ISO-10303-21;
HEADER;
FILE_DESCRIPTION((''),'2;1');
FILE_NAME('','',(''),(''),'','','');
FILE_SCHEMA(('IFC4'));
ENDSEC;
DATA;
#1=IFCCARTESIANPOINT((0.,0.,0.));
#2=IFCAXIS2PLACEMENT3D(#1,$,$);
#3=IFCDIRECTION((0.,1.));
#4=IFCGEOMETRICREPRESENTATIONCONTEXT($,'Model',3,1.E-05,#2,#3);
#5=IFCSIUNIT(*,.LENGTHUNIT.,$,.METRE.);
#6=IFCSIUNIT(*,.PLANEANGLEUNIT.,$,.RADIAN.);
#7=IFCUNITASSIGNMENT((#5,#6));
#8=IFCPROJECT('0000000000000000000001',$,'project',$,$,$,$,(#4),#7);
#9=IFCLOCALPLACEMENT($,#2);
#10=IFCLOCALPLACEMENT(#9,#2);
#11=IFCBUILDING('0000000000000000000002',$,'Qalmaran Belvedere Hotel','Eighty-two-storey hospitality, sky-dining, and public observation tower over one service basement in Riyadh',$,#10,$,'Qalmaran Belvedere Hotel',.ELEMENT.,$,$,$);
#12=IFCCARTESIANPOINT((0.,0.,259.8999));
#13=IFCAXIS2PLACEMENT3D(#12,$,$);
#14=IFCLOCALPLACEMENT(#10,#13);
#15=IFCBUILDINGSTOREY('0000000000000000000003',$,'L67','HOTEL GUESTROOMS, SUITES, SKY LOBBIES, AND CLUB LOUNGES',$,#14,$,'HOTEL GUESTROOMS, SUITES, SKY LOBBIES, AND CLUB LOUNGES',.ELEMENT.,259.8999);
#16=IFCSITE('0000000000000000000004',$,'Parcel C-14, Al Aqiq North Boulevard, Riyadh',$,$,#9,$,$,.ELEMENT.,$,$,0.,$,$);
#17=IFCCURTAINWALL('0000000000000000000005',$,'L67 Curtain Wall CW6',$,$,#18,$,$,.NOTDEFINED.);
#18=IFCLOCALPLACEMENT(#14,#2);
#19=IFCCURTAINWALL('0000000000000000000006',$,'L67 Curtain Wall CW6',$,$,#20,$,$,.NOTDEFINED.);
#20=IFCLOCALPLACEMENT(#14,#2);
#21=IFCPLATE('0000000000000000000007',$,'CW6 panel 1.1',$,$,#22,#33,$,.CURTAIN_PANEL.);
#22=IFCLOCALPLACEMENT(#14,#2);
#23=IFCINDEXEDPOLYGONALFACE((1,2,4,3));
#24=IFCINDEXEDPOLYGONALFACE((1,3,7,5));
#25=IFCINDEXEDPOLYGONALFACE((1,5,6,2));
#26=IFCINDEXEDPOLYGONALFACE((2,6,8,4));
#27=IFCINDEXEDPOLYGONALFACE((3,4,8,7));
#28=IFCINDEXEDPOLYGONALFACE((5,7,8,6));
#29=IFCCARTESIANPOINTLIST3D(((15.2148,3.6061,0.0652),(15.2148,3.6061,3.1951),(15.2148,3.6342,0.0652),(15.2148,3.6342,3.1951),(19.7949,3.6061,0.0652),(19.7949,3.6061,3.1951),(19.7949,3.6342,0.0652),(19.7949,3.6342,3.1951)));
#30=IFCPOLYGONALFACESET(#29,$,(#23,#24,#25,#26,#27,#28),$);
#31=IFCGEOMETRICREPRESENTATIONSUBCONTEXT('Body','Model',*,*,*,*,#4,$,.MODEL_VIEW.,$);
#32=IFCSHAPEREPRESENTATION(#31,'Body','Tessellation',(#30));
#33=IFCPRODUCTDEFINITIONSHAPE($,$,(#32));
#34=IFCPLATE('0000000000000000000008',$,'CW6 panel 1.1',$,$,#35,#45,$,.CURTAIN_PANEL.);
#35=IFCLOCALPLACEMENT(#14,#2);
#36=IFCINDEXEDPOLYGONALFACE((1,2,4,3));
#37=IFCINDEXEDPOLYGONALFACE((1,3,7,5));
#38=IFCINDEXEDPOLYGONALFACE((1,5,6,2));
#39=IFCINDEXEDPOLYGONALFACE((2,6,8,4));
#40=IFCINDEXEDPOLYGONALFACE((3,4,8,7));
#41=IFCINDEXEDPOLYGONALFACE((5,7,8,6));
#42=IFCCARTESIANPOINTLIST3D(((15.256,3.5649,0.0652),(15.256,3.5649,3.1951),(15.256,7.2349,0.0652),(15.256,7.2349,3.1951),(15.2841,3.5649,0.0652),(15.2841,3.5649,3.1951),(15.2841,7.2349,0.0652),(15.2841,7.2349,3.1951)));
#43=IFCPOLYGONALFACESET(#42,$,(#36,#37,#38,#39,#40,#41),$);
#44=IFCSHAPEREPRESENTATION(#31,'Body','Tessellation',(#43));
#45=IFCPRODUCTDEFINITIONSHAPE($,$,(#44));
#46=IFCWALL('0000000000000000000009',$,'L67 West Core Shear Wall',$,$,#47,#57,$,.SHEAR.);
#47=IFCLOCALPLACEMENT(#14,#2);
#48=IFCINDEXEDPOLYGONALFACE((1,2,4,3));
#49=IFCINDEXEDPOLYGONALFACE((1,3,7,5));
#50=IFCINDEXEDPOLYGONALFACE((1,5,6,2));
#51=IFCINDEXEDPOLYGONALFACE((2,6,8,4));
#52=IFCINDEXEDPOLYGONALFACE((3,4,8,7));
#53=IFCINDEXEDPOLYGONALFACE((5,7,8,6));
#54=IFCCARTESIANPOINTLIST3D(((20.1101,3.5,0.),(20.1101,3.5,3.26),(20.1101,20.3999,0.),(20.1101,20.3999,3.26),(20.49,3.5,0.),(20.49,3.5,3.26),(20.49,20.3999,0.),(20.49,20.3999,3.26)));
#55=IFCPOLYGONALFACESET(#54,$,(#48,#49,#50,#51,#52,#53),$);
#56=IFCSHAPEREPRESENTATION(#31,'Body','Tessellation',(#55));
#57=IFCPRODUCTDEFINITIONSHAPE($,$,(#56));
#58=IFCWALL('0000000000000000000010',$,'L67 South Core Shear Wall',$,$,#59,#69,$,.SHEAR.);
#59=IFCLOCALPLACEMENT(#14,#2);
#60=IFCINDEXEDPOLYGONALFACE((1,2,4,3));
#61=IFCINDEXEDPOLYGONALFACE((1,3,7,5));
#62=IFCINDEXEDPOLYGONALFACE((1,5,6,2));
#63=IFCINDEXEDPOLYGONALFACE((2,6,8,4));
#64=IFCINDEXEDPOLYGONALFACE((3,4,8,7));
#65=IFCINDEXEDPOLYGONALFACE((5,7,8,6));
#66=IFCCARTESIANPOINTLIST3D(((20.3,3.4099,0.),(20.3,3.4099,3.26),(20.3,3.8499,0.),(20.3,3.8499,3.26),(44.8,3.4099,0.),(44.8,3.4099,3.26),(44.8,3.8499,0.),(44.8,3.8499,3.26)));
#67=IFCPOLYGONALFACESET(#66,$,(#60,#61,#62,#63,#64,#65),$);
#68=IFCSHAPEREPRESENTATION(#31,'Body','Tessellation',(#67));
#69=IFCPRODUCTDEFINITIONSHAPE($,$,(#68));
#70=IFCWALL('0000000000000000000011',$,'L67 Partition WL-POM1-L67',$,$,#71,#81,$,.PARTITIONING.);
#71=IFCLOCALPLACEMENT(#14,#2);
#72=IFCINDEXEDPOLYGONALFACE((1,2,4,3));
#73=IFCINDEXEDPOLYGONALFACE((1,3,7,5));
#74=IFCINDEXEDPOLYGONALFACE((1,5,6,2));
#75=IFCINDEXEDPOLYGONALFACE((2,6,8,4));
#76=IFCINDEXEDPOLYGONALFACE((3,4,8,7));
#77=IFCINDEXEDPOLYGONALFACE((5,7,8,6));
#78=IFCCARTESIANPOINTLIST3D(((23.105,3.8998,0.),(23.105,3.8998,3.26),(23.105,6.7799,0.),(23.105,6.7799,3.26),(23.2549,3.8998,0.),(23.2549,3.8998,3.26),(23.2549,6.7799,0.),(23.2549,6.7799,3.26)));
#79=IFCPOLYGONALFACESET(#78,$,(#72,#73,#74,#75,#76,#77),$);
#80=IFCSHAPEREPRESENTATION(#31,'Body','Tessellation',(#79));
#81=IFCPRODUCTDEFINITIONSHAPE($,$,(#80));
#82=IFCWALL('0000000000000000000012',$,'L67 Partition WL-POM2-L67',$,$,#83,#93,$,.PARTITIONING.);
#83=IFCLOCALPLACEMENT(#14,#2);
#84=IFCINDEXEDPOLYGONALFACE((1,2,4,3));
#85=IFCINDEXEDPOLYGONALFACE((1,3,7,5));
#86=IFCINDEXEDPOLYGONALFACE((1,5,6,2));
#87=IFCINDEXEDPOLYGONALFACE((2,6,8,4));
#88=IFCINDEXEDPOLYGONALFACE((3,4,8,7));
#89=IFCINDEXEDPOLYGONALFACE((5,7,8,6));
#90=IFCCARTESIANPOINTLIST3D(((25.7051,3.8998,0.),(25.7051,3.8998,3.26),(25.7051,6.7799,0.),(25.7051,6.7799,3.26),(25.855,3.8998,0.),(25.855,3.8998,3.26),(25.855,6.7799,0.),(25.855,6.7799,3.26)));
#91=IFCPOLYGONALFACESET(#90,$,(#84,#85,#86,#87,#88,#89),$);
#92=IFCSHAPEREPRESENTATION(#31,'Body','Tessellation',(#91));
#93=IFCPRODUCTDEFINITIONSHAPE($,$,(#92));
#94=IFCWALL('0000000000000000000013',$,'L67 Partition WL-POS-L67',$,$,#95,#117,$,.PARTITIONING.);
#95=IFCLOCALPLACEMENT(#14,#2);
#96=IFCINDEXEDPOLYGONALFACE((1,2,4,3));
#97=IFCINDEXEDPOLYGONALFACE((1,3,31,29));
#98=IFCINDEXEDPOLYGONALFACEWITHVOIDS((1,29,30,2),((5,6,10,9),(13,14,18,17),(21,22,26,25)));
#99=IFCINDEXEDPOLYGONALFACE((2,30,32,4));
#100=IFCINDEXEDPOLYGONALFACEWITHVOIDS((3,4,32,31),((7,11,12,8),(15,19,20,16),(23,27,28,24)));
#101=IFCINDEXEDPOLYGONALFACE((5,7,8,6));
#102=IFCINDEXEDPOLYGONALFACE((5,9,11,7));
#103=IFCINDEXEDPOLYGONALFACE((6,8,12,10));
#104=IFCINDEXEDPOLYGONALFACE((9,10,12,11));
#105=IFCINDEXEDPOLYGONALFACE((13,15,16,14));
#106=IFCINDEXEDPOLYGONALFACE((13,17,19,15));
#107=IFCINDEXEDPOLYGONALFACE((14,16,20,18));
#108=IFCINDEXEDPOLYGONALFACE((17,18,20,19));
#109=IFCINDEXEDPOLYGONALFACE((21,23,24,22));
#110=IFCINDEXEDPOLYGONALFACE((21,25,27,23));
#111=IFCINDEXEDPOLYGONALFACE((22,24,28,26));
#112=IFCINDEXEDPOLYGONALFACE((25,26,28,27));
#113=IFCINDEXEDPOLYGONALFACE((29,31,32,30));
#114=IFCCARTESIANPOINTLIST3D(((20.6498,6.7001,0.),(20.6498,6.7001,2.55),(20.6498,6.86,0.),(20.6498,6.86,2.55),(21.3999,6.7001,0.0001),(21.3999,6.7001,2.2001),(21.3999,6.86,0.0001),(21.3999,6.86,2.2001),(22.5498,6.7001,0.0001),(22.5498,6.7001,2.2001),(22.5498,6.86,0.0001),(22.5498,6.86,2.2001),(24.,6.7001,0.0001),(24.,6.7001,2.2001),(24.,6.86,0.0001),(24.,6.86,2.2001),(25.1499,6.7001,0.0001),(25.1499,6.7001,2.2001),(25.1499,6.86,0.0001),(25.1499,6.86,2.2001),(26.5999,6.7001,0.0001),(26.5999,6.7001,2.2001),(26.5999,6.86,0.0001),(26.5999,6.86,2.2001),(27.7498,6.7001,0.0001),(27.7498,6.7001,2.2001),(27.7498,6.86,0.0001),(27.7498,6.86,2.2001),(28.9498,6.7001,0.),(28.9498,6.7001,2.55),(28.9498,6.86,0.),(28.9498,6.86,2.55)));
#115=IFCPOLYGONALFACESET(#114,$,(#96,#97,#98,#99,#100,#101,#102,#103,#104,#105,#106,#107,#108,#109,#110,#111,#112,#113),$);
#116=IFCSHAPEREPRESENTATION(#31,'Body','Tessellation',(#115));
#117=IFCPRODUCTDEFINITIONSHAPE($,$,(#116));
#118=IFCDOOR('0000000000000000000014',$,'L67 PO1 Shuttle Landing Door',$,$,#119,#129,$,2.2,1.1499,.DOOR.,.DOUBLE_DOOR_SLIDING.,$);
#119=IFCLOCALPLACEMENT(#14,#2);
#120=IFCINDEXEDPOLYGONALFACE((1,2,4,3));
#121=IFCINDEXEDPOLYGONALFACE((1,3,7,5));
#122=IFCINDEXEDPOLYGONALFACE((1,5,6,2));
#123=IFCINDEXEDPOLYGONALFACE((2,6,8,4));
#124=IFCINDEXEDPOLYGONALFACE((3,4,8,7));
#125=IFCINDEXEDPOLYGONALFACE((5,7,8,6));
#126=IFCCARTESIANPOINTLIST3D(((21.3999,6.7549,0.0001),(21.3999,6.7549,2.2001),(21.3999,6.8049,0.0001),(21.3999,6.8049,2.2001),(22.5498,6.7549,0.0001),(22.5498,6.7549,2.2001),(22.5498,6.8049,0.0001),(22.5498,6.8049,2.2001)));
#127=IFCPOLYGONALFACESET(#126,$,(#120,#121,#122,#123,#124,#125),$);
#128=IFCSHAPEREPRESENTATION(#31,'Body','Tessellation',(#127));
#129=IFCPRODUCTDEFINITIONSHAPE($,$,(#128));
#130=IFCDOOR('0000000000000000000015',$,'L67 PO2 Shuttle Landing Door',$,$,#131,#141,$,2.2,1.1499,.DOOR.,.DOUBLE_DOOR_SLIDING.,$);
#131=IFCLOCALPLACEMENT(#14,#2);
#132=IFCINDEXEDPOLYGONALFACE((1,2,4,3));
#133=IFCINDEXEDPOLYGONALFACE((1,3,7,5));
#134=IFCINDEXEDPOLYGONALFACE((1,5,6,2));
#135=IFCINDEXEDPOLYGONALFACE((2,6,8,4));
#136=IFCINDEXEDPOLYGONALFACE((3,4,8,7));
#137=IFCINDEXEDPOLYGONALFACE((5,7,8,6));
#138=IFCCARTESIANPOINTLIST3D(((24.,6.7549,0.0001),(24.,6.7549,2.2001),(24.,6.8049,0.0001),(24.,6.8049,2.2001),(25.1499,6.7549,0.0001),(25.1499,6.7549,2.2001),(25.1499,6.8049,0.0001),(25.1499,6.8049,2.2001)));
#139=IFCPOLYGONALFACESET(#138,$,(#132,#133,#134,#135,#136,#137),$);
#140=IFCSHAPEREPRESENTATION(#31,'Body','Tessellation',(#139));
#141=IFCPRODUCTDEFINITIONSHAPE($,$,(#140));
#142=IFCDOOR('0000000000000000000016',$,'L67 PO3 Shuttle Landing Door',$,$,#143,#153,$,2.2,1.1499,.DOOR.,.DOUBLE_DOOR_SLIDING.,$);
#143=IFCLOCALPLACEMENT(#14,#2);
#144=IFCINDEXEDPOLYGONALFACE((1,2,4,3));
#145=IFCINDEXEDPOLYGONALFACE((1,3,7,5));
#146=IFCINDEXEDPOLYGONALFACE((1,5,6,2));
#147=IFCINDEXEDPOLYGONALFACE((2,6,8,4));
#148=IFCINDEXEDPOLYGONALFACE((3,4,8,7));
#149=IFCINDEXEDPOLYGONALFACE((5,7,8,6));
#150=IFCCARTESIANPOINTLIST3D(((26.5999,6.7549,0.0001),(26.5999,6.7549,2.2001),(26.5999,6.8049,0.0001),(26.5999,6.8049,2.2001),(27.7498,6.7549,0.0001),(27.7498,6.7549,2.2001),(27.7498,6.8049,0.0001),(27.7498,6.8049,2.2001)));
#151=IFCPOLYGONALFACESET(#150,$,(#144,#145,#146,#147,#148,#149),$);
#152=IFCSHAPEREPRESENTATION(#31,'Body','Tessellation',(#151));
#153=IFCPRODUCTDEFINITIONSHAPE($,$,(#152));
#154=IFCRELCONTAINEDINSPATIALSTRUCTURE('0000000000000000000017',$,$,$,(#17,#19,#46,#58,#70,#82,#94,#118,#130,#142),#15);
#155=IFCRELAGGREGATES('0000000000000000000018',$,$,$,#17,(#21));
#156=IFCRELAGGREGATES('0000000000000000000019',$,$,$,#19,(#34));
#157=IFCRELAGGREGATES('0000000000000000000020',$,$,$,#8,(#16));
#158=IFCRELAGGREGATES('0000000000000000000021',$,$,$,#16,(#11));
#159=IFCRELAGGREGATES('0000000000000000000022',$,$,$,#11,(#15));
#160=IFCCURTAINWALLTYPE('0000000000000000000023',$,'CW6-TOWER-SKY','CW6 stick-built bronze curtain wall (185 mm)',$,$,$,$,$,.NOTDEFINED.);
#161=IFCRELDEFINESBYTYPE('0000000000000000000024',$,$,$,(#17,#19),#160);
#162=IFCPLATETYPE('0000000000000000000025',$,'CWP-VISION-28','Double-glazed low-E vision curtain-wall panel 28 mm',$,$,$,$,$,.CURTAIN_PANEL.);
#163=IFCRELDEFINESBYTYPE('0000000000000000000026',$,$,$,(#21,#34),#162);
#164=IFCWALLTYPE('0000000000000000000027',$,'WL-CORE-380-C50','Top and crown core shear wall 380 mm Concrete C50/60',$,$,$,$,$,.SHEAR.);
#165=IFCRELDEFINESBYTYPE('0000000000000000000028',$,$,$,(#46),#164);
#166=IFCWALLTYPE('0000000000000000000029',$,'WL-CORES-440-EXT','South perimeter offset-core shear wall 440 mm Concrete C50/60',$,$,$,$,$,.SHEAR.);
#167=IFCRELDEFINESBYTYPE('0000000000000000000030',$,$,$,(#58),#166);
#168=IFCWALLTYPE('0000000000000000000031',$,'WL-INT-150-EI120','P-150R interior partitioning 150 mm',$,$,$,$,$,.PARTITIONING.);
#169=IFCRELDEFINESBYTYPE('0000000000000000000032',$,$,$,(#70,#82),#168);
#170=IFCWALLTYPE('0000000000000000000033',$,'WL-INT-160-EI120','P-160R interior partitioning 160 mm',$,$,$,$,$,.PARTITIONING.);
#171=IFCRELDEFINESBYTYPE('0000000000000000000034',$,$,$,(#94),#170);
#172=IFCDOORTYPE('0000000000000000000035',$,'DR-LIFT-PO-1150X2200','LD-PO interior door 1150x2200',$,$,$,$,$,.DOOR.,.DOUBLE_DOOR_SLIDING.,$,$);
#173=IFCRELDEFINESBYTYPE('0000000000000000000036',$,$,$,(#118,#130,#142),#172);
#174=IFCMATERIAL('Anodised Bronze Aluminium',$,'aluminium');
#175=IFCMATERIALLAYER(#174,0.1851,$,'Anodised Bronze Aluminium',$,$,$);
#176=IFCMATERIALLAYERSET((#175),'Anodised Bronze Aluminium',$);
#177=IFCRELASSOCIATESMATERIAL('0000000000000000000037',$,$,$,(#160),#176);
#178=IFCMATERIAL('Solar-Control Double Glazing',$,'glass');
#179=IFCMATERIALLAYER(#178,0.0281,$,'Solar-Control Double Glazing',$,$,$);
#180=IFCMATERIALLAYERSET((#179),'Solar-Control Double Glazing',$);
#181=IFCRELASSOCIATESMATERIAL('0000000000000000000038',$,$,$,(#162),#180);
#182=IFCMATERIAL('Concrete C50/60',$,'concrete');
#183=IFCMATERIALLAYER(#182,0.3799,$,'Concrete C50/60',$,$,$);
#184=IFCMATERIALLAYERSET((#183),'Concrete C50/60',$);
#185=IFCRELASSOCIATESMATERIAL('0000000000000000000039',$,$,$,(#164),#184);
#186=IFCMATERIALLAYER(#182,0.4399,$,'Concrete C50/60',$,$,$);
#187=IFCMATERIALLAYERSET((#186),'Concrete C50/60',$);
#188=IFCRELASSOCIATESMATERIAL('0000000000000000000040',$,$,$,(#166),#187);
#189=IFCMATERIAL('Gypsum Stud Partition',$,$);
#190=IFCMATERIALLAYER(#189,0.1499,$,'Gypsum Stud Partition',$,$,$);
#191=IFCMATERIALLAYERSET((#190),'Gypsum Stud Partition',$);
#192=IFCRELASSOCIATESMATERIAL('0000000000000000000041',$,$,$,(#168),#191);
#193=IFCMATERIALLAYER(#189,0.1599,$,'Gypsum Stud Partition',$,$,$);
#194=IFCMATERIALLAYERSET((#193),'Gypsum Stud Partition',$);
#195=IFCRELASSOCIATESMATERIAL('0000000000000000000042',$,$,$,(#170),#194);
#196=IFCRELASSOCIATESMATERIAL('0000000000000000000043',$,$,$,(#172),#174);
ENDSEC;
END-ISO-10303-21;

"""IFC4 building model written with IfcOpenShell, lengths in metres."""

from ifc_helpers import new_model, si_unit, direction, frame, frame_2d, origin, origin_2d, place, context, subcontext, project, spatial, rectangle, extrude, material, layer, layer_set, type_object, element, fill, aggregate, save


model = new_model("IFC4")

# Units and contexts
model_context = context("Model", 3, precision=1e-05, world=origin(), true_north=direction((0.0, 1.0)))
body_context = subcontext(model_context, "Body", "Model", "MODEL_VIEW")
ifc_project = project(units=[si_unit("LENGTHUNIT", "METRE"), si_unit("PLANEANGLEUNIT", "RADIAN")], contexts=[model_context])

# Site, building, storey
site_placement = place(None, origin())
site = spatial("IfcSite", under=ifc_project, at=site_placement, Name="Parcel C-14, Al Aqiq North Boulevard, Riyadh", CompositionType="ELEMENT", RefElevation=0.0)
building_placement = place(site_placement, origin())
building = spatial("IfcBuilding", under=site, at=building_placement, Name="Qalmaran Belvedere Hotel", Description="Eighty-two-storey hospitality, sky-dining, and public observation tower over one service basement in Riyadh", LongName="Qalmaran Belvedere Hotel", CompositionType="ELEMENT")
storey_placement = place(building_placement, frame((0.0, 0.0, 259.8999)))
storey = spatial("IfcBuildingStorey", under=building, at=storey_placement, Name="L67", Description="HOTEL GUESTROOMS, SUITES, SKY LOBBIES, AND CLUB LOUNGES", LongName="HOTEL GUESTROOMS, SUITES, SKY LOBBIES, AND CLUB LOUNGES", CompositionType="ELEMENT", Elevation=259.8999)

# Shared definitions
ifc_material_1 = material(Name="Concrete C50/60", Category="concrete")

# Curtain wall
ifc_material_2 = material(Name="Anodised Bronze Aluminium", Category="aluminium")
ifc_layer_1 = layer(ifc_material_2, 0.1851, Name="Anodised Bronze Aluminium")
ifc_layer_set_1 = layer_set([ifc_layer_1], Name="Anodised Bronze Aluminium")
curtain_wall_type = type_object("IfcCurtainWallType", Name="CW6-TOWER-SKY", Description="CW6 stick-built bronze curtain wall (185 mm)", PredefinedType="NOTDEFINED", material=ifc_layer_set_1)
curtain_wall_1_placement = place(storey_placement, origin())
curtain_wall_1 = element("IfcCurtainWall", 1, at=curtain_wall_1_placement, inside=storey, type_object=curtain_wall_type, Name="L67 Curtain Wall CW6", PredefinedType="NOTDEFINED")

# Curtain wall
curtain_wall_2_placement = place(storey_placement, origin())
curtain_wall_2 = element("IfcCurtainWall", 2, at=curtain_wall_2_placement, inside=storey, type_object=curtain_wall_type, Name="L67 Curtain Wall CW6", PredefinedType="NOTDEFINED")

# Plates
ifc_material_3 = material(Name="Solar-Control Double Glazing", Category="glass")
ifc_layer_2 = layer(ifc_material_3, 0.0281, Name="Solar-Control Double Glazing")
ifc_layer_set_2 = layer_set([ifc_layer_2], Name="Solar-Control Double Glazing")
plate_type = type_object("IfcPlateType", Name="CWP-VISION-28", Description="Double-glazed low-E vision curtain-wall panel 28 mm", PredefinedType="CURTAIN_PANEL", material=ifc_layer_set_2)
plate_1_placement = place(storey_placement, frame((17.5049, 3.6201, 0.0652), z_axis=(0.0, 0.0, 1.0), x_axis=(1.0, 0.0, 0.0)))
plate_1 = element("IfcPlate", 3, at=plate_1_placement, type_object=plate_type, Name="CW6 panel 1.1", PredefinedType="CURTAIN_PANEL", context=body_context, shape_type="SweptSolid", body=[
    extrude(rectangle(XDim=4.5801, YDim=0.0281, at=origin_2d()), origin(), (0.0, 0.0, 1.0), 3.1299),
])
aggregate(curtain_wall_1, [plate_1])
plate_2_placement = place(storey_placement, frame((15.27, 5.3999, 0.0652), z_axis=(0.0, 0.0, 1.0), x_axis=(0.0, -1.0, 0.0)))
plate_2 = element("IfcPlate", 4, at=plate_2_placement, type_object=plate_type, Name="CW6 panel 1.1", PredefinedType="CURTAIN_PANEL", context=body_context, shape_type="SweptSolid", body=[
    extrude(rectangle(XDim=3.6699, YDim=0.0281, at=origin_2d()), origin(), (0.0, 0.0, 1.0), 3.1299),
])
aggregate(curtain_wall_2, [plate_2])

# Walls
ifc_layer_3 = layer(ifc_material_1, 0.3799, Name="Concrete C50/60")
ifc_layer_set_3 = layer_set([ifc_layer_3], Name="Concrete C50/60")
wall_type_1 = type_object("IfcWallType", Name="WL-CORE-380-C50", Description="Top and crown core shear wall 380 mm Concrete C50/60", PredefinedType="SHEAR", material=ifc_layer_set_3)
wall_1_placement = place(storey_placement, frame((20.3, 3.5, 0.0), z_axis=(0.0, 0.0, 1.0), x_axis=(0.0, 1.0, 0.0)))
element("IfcWall", 5, at=wall_1_placement, inside=storey, type_object=wall_type_1, Name="L67 West Core Shear Wall", PredefinedType="SHEAR", context=body_context, shape_type="SweptSolid", body=[
    extrude(rectangle(XDim=16.8999, YDim=0.3799, at=frame_2d((8.45, 0.0))), origin(), (0.0, 0.0, 1.0), 3.26),
])
ifc_layer_4 = layer(ifc_material_1, 0.4399, Name="Concrete C50/60")
ifc_layer_set_4 = layer_set([ifc_layer_4], Name="Concrete C50/60")
wall_type_2 = type_object("IfcWallType", Name="WL-CORES-440-EXT", Description="South perimeter offset-core shear wall 440 mm Concrete C50/60", PredefinedType="SHEAR", material=ifc_layer_set_4)
wall_2_placement = place(storey_placement, frame((20.3, 3.6299, 0.0), z_axis=(0.0, 0.0, 1.0), x_axis=(1.0, 0.0, 0.0)))
element("IfcWall", 6, at=wall_2_placement, inside=storey, type_object=wall_type_2, Name="L67 South Core Shear Wall", PredefinedType="SHEAR", context=body_context, shape_type="SweptSolid", body=[
    extrude(rectangle(XDim=24.5, YDim=0.4399, at=frame_2d((12.25, 0.0))), origin(), (0.0, 0.0, 1.0), 3.26),
])
ifc_material_4 = material(Name="Gypsum Stud Partition")
ifc_layer_5 = layer(ifc_material_4, 0.1499, Name="Gypsum Stud Partition")
ifc_layer_set_5 = layer_set([ifc_layer_5], Name="Gypsum Stud Partition")
wall_type_3 = type_object("IfcWallType", Name="WL-INT-150-EI120", Description="P-150R interior partitioning 150 mm", PredefinedType="PARTITIONING", material=ifc_layer_set_5)
for number, where, z_axis, x_axis, name in (
    (7, (23.1799, 3.8999, 0.0), (0.0, 0.0, 1.0), (0.0, 1.0, 0.0), "L67 Partition WL-POM1-L67"),
    (8, (25.78, 3.8999, 0.0), (0.0, 0.0, 1.0), (0.0, 1.0, 0.0), "L67 Partition WL-POM2-L67"),
):
    element("IfcWall", number, at=place(storey_placement, frame(where, z_axis=z_axis, x_axis=x_axis)), inside=storey, type_object=wall_type_3, Name=name, PredefinedType="PARTITIONING", context=body_context, shape_type="SweptSolid", body=[
        extrude(rectangle(XDim=2.8801, YDim=0.1499, at=frame_2d((1.4399, 0.0))), origin(), (0.0, 0.0, 1.0), 3.26),
    ])

# Wall, openings, doors
ifc_layer_6 = layer(ifc_material_4, 0.1599, Name="Gypsum Stud Partition")
ifc_layer_set_6 = layer_set([ifc_layer_6], Name="Gypsum Stud Partition")
wall_type_4 = type_object("IfcWallType", Name="WL-INT-160-EI120", Description="P-160R interior partitioning 160 mm", PredefinedType="PARTITIONING", material=ifc_layer_set_6)
wall_3_placement = place(storey_placement, frame((20.6499, 6.78, 0.0), z_axis=(0.0, 0.0, 1.0), x_axis=(1.0, 0.0, 0.0)))
wall_3 = element("IfcWall", 9, at=wall_3_placement, inside=storey, type_object=wall_type_4, Name="L67 Partition WL-POS-L67", PredefinedType="PARTITIONING", context=body_context, shape_type="SweptSolid", body=[
    extrude(rectangle(XDim=8.3, YDim=0.1599, at=frame_2d((4.1499, 0.0))), origin(), (0.0, 0.0, 1.0), 2.55),
])
opening_1_placement = place(wall_3_placement, frame((0.75, 0.0, 0.0)))
opening_1 = element("IfcOpeningElement", 10, at=opening_1_placement, cuts=wall_3, PredefinedType="OPENING", context=body_context, shape_type="SweptSolid", body=[
    extrude(rectangle(XDim=1.1499, YDim=2.2, at=frame_2d((0.575, 1.1001))), frame((0.0, 0.0898, 0.0), z_axis=(0.0, -1.0, 0.0), x_axis=(1.0, 0.0, 0.0)), (0.0, 0.0, 1.0), 0.1799),
])
opening_2_placement = place(wall_3_placement, frame((3.3501, 0.0, 0.0)))
opening_2 = element("IfcOpeningElement", 11, at=opening_2_placement, cuts=wall_3, PredefinedType="OPENING", context=body_context, shape_type="SweptSolid", body=[
    extrude(rectangle(XDim=1.1499, YDim=2.2, at=frame_2d((0.575, 1.1001))), frame((0.0, 0.0898, 0.0), z_axis=(0.0, -1.0, 0.0), x_axis=(1.0, 0.0, 0.0)), (0.0, 0.0, 1.0), 0.1799),
])
opening_3_placement = place(wall_3_placement, frame((5.95, 0.0, 0.0)))
opening_3 = element("IfcOpeningElement", 12, at=opening_3_placement, cuts=wall_3, PredefinedType="OPENING", context=body_context, shape_type="SweptSolid", body=[
    extrude(rectangle(XDim=1.1499, YDim=2.2, at=frame_2d((0.575, 1.1001))), frame((0.0, 0.0898, 0.0), z_axis=(0.0, -1.0, 0.0), x_axis=(1.0, 0.0, 0.0)), (0.0, 0.0, 1.0), 0.1799),
])
door_type = type_object("IfcDoorType", Name="DR-LIFT-PO-1150X2200", Description="LD-PO interior door 1150x2200", OperationType="DOUBLE_DOOR_SLIDING", PredefinedType="DOOR", material=ifc_material_2)
door_1_placement = place(opening_1_placement, origin())
door_1 = element("IfcDoor", 13, at=door_1_placement, inside=storey, type_object=door_type, Name="L67 PO1 Shuttle Landing Door", OperationType="DOUBLE_DOOR_SLIDING", OverallHeight=2.2, OverallWidth=1.1499, PredefinedType="DOOR", context=body_context, shape_type="SweptSolid", body=[
    extrude(rectangle(XDim=1.1499, YDim=2.2, at=frame_2d((0.575, 1.1001))), frame((0.0, 0.0249, 0.0), z_axis=(0.0, -1.0, 0.0), x_axis=(1.0, 0.0, 0.0)), (0.0, 0.0, 1.0), 0.05),
])
fill(opening_1, door_1)
door_2_placement = place(opening_2_placement, origin())
door_2 = element("IfcDoor", 14, at=door_2_placement, inside=storey, type_object=door_type, Name="L67 PO2 Shuttle Landing Door", OperationType="DOUBLE_DOOR_SLIDING", OverallHeight=2.2, OverallWidth=1.1499, PredefinedType="DOOR", context=body_context, shape_type="SweptSolid", body=[
    extrude(rectangle(XDim=1.1499, YDim=2.2, at=frame_2d((0.575, 1.1001))), frame((0.0, 0.0249, 0.0), z_axis=(0.0, -1.0, 0.0), x_axis=(1.0, 0.0, 0.0)), (0.0, 0.0, 1.0), 0.05),
])
fill(opening_2, door_2)
door_3_placement = place(opening_3_placement, origin())
door_3 = element("IfcDoor", 15, at=door_3_placement, inside=storey, type_object=door_type, Name="L67 PO3 Shuttle Landing Door", OperationType="DOUBLE_DOOR_SLIDING", OverallHeight=2.2, OverallWidth=1.1499, PredefinedType="DOOR", context=body_context, shape_type="SweptSolid", body=[
    extrude(rectangle(XDim=1.1499, YDim=2.2, at=frame_2d((0.575, 1.1001))), frame((0.0, 0.0249, 0.0), z_axis=(0.0, -1.0, 0.0), x_axis=(1.0, 0.0, 0.0)), (0.0, 0.0, 1.0), 0.05),
])
fill(opening_3, door_3)

save(model, "model.ifc")
